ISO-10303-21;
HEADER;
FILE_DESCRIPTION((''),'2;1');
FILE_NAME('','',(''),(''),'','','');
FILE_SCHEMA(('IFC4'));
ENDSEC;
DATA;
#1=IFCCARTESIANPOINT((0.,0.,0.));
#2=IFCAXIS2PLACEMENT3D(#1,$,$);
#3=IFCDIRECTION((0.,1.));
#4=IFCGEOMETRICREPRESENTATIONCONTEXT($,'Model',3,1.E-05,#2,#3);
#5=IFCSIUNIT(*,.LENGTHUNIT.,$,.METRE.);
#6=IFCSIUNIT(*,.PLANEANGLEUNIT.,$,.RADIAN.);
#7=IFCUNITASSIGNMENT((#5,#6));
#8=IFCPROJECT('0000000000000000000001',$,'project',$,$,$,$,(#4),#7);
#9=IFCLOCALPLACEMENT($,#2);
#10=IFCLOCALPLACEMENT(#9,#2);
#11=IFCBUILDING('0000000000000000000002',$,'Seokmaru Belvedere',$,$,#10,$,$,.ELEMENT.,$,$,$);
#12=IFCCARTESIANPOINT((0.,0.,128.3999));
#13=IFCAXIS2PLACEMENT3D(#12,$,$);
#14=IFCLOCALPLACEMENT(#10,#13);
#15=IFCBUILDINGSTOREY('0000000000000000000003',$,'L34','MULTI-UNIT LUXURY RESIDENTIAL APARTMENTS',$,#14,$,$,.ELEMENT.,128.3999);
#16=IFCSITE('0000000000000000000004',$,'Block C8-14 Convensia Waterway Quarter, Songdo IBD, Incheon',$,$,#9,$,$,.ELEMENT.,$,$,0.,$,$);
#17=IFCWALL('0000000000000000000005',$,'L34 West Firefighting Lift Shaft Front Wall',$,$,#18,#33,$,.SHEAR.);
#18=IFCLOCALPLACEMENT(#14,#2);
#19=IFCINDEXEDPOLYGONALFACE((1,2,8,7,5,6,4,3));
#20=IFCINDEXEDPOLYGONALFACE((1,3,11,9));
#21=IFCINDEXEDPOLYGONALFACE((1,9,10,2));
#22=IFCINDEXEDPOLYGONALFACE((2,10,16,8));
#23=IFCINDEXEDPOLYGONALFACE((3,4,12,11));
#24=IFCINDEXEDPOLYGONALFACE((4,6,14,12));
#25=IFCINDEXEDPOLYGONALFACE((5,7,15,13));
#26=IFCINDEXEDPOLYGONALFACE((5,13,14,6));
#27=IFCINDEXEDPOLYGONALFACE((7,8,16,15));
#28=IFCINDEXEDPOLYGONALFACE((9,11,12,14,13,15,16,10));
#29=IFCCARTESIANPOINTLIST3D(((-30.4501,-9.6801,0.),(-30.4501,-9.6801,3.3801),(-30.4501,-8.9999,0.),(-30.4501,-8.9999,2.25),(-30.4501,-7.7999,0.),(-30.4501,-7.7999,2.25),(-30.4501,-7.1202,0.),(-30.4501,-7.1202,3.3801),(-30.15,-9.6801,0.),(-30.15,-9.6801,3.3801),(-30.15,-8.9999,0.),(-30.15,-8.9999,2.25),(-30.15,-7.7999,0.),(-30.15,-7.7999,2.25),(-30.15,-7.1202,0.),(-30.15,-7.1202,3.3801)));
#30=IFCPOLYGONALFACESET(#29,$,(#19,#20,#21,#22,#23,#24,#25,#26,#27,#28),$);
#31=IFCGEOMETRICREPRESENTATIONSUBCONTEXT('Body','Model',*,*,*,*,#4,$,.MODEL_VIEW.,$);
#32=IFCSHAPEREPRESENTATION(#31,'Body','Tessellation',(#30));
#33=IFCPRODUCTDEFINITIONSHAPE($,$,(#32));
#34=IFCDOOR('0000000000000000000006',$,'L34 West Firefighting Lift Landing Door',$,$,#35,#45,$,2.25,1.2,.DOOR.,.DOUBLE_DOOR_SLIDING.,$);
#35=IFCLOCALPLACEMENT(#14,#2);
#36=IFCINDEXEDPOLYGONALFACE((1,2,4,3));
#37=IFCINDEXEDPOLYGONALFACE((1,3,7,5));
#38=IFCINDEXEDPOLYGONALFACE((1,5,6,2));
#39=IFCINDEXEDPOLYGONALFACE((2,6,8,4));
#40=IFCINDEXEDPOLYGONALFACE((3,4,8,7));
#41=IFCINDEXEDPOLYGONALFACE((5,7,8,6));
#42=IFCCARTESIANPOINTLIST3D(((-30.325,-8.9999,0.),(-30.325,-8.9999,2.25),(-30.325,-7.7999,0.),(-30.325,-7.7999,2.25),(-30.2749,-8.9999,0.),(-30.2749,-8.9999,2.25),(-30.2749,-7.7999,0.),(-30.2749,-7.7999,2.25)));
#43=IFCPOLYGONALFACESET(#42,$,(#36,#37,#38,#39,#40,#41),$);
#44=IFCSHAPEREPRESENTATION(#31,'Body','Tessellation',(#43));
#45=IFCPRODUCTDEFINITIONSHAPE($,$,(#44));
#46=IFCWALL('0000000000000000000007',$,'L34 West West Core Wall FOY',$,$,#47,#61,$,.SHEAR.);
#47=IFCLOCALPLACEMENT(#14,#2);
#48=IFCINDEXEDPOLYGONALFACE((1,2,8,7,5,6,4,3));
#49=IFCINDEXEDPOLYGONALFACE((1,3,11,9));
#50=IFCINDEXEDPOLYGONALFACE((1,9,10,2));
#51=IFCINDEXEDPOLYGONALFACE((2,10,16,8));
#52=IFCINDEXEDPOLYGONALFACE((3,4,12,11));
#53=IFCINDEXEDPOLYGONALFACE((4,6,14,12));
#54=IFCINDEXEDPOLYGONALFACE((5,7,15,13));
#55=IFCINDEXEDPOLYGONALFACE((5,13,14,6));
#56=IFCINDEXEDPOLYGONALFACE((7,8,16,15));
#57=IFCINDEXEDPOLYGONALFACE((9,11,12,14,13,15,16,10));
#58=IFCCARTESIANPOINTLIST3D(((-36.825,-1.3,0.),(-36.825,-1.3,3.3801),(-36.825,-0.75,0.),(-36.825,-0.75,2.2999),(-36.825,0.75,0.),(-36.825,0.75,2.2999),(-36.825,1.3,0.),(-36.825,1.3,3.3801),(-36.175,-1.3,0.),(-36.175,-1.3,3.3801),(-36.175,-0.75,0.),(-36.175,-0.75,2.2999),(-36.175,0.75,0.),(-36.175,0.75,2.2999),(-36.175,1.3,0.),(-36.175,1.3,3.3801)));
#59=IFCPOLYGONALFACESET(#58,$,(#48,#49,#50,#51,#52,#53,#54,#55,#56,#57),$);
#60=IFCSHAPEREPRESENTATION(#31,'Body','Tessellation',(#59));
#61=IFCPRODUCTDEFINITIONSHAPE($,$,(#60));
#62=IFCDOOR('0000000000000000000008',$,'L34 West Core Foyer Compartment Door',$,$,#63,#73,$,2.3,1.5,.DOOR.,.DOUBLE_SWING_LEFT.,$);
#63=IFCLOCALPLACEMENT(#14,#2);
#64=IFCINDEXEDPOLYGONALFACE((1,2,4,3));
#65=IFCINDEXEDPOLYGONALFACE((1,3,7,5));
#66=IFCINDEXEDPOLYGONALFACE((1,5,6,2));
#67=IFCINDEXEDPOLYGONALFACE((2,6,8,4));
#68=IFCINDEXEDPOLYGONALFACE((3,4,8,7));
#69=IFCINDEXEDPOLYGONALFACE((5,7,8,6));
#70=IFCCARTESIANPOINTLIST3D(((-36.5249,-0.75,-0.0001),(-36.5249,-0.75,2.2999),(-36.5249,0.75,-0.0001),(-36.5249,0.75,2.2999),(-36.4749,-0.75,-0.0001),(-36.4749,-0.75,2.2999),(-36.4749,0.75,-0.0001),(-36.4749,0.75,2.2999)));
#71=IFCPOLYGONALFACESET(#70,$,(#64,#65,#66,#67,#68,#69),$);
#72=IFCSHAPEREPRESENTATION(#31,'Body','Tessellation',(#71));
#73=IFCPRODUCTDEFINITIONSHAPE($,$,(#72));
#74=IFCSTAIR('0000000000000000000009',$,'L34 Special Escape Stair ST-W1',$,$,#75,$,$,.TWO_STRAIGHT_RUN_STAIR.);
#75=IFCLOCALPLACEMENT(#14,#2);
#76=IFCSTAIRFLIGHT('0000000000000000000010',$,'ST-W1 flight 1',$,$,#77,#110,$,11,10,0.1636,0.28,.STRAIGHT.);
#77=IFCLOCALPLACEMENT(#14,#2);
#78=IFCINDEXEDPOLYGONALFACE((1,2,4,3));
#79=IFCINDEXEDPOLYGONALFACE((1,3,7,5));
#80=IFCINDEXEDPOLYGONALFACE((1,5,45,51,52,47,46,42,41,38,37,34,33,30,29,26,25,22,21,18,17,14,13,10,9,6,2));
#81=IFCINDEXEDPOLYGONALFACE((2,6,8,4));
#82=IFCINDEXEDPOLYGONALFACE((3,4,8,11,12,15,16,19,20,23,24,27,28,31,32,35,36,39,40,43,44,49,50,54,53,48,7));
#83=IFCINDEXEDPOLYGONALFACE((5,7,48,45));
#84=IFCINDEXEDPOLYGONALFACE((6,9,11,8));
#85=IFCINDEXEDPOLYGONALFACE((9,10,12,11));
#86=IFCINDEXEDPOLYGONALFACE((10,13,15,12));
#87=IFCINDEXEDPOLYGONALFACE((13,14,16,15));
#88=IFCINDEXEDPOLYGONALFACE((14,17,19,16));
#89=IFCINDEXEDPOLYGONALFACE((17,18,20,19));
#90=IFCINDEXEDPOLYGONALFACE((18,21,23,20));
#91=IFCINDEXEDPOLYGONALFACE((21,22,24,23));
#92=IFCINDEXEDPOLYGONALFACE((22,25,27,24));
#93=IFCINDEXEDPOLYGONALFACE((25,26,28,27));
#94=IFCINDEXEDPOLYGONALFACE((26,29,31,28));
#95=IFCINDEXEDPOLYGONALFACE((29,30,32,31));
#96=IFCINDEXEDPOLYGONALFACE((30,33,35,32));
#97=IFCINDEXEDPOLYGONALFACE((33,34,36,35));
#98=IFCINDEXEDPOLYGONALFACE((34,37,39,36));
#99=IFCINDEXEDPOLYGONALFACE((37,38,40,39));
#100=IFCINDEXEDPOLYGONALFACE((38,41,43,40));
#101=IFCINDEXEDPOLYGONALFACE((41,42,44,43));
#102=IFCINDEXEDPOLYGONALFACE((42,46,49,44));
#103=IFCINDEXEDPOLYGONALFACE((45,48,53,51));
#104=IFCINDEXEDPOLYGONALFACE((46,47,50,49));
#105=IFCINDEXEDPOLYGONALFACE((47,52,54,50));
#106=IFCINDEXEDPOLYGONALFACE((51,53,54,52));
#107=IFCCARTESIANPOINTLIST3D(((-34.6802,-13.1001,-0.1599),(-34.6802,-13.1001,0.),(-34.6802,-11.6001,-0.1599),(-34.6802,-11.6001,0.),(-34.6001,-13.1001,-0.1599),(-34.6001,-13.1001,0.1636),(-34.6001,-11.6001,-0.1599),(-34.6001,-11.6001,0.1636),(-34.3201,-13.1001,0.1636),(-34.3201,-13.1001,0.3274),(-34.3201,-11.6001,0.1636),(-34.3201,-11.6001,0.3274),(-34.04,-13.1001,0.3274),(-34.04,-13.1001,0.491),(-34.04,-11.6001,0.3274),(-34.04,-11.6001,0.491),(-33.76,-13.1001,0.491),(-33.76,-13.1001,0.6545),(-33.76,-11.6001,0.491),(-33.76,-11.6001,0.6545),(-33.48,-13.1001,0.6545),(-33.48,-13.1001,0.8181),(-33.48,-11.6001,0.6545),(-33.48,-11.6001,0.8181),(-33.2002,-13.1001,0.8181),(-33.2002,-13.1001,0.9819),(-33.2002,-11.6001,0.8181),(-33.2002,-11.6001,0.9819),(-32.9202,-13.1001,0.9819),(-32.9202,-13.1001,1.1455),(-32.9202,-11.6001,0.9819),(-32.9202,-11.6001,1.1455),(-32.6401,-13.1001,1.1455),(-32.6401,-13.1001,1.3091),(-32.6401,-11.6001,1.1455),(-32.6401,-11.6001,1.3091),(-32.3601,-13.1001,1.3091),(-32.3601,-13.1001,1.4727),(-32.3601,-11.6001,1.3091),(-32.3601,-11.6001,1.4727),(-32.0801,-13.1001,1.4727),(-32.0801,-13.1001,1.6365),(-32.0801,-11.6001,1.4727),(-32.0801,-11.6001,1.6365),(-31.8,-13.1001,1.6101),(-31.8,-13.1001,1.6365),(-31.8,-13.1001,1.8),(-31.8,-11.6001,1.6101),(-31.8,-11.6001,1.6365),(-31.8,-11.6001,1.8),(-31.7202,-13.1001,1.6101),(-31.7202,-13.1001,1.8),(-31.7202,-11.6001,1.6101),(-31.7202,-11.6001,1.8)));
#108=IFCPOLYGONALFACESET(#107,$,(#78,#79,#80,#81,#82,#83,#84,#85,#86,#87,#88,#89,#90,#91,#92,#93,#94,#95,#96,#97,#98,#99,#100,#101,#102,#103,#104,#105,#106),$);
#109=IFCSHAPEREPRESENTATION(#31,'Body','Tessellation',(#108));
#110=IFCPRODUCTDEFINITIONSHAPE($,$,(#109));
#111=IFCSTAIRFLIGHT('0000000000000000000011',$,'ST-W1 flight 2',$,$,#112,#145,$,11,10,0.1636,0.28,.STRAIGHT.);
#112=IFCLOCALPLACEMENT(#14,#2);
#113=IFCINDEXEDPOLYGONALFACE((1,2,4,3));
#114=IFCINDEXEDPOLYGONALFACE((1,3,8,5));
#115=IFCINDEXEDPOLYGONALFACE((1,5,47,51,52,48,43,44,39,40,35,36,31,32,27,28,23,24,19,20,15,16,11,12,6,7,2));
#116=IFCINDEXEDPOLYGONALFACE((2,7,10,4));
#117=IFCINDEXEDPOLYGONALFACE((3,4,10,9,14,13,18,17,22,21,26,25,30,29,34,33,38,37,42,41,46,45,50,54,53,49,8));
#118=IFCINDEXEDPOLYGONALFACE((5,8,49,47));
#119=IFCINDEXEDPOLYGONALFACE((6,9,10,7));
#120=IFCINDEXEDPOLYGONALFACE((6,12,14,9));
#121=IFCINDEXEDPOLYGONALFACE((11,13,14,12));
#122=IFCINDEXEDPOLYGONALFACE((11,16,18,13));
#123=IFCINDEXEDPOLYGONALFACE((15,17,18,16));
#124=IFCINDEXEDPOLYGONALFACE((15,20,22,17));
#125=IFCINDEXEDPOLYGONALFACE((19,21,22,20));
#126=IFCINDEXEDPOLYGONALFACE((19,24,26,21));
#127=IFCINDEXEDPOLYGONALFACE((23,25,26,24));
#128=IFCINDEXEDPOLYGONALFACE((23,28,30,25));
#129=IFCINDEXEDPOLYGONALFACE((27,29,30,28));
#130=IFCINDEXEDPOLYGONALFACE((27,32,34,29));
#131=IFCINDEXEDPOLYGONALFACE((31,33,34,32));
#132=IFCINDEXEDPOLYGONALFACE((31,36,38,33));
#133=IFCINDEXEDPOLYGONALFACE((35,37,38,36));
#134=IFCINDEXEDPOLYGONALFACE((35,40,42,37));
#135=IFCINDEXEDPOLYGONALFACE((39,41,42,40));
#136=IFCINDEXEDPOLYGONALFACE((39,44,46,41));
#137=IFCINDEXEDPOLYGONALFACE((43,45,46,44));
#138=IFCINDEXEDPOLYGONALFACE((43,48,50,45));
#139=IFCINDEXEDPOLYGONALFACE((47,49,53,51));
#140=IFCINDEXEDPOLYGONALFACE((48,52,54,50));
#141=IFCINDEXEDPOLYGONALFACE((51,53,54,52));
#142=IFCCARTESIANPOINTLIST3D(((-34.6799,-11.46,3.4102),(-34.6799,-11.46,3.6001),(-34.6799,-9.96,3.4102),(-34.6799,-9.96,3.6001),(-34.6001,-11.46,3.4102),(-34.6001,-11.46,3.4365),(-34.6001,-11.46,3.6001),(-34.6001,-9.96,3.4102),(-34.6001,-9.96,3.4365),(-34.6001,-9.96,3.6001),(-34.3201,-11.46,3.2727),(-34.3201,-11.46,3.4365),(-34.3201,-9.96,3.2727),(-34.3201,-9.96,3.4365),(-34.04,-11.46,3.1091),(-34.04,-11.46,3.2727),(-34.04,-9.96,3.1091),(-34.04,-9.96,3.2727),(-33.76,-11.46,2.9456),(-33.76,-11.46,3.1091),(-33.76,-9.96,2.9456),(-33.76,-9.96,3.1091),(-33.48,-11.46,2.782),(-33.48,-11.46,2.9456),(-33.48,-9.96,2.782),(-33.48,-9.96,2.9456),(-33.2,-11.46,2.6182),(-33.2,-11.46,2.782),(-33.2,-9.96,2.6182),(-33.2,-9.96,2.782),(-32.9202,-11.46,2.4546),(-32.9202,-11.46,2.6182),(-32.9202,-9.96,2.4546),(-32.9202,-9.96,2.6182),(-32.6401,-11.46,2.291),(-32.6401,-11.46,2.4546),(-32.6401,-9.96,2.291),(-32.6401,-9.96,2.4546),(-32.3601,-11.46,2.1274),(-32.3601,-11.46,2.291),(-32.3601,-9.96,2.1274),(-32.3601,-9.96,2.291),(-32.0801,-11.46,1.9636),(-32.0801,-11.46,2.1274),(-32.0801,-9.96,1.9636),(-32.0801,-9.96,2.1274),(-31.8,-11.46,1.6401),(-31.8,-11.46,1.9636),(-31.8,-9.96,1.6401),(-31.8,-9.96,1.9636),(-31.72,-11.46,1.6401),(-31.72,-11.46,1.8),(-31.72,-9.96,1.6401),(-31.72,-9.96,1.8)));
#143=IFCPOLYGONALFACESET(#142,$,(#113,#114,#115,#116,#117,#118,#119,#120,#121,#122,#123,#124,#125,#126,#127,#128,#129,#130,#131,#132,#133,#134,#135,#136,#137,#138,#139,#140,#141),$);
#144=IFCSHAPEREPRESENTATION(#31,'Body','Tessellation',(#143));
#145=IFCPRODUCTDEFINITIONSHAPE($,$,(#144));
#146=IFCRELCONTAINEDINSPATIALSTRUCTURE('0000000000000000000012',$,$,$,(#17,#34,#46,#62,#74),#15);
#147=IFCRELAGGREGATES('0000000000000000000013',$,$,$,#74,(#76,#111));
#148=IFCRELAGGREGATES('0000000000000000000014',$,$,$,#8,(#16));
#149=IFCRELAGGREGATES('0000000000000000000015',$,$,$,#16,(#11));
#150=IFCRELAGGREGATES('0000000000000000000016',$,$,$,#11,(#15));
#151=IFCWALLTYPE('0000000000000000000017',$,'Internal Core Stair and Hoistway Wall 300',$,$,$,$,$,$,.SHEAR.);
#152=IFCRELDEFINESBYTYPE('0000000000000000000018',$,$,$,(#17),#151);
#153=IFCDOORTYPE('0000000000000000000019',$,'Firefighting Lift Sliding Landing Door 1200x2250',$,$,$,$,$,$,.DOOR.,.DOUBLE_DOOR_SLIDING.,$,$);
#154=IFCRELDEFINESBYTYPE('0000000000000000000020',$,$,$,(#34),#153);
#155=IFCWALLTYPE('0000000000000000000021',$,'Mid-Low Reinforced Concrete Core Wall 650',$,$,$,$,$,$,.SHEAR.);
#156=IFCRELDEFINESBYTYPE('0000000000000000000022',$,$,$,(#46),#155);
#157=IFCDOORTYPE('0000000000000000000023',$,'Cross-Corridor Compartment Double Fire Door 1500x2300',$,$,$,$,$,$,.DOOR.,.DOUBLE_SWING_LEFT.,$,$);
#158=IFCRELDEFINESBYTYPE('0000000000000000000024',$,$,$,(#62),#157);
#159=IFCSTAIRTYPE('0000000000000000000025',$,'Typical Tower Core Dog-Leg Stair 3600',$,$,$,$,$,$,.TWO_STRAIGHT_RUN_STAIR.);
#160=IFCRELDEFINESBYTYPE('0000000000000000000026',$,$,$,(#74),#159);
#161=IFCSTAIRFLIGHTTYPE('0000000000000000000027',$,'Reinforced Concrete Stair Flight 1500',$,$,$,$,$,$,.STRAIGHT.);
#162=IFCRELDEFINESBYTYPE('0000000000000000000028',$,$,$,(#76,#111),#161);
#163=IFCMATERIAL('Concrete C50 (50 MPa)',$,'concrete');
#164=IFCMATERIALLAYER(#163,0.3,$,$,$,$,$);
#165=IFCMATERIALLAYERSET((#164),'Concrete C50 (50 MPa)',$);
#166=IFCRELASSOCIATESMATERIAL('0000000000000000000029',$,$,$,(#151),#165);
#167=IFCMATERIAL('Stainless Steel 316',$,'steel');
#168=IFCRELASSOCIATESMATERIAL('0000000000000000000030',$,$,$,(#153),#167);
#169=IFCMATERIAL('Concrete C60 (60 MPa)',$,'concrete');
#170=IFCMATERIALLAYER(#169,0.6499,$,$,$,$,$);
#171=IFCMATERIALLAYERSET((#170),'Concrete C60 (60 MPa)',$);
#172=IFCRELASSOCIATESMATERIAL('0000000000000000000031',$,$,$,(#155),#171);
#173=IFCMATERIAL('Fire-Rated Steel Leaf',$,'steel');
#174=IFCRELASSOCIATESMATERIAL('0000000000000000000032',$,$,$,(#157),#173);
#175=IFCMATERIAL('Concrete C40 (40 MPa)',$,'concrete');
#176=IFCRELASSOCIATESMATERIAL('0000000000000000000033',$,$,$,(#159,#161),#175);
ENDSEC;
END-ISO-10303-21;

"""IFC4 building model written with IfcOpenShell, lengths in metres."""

from ifc_helpers import new_model, si_unit, direction, frame, frame_2d, origin, place, context, subcontext, project, spatial, polyline, rectangle, outline, extrude, source, transform, mapped, material, layer, layer_set, type_object, type_shapes, element, fill, aggregate, save


model = new_model("IFC4")

# Units and contexts
model_context = context("Model", 3, precision=1e-05, world=origin(), true_north=direction((0.0, 1.0)))
body_context = subcontext(model_context, "Body", "Model", "MODEL_VIEW")
ifc_project = project(units=[si_unit("LENGTHUNIT", "METRE"), si_unit("PLANEANGLEUNIT", "RADIAN")], contexts=[model_context])

# Site, building, storey
site_placement = place(None, origin())
site = spatial("IfcSite", under=ifc_project, at=site_placement, Name="Block C8-14 Convensia Waterway Quarter, Songdo IBD, Incheon", CompositionType="ELEMENT", RefElevation=0.0)
building_placement = place(site_placement, origin())
building = spatial("IfcBuilding", under=site, at=building_placement, Name="Seokmaru Belvedere", CompositionType="ELEMENT")
storey_placement = place(building_placement, frame((0.0, 0.0, 128.3999)))
storey = spatial("IfcBuildingStorey", under=building, at=storey_placement, Name="L34", Description="MULTI-UNIT LUXURY RESIDENTIAL APARTMENTS", CompositionType="ELEMENT", Elevation=128.3999)

# Shared definitions
ifc_material_1 = material(Name="Fire-Rated Steel Leaf", Category="steel")

# Shared definitions
ifc_material_2 = material(Name="Concrete C50 (50 MPa)", Category="concrete")

# Walls, openings, doors
ifc_layer_1 = layer(ifc_material_2, 0.3)
ifc_layer_set_1 = layer_set([ifc_layer_1], Name="Concrete C50 (50 MPa)")
wall_type_1 = type_object("IfcWallType", Name="Internal Core Stair and Hoistway Wall 300", PredefinedType="SHEAR", material=ifc_layer_set_1)
wall_1_placement = place(storey_placement, frame((-30.3, -9.6799, 0.0), z_axis=(0.0, 0.0, 1.0), x_axis=(0.0, 1.0, 0.0)))
wall_1 = element("IfcWall", 1, at=wall_1_placement, inside=storey, type_object=wall_type_1, Name="L34 West Firefighting Lift Shaft Front Wall", PredefinedType="SHEAR", context=body_context, shape_type="SweptSolid", body=[
    extrude(rectangle(XDim=2.5598, YDim=0.3, at=frame_2d((1.2798, 0.0))), origin(), (0.0, 0.0, 1.0), 3.3801),
])
opening_1_placement = place(wall_1_placement, frame((0.6799, 0.0, 0.0)))
opening_1 = element("IfcOpeningElement", 2, at=opening_1_placement, cuts=wall_1, PredefinedType="OPENING", context=body_context, shape_type="SweptSolid", body=[
    extrude(rectangle(XDim=1.2, YDim=2.25, at=frame_2d((0.6001, 1.125))), frame((0.0, 0.1602, 0.0), z_axis=(0.0, -1.0, 0.0), x_axis=(1.0, 0.0, 0.0)), (0.0, 0.0, 1.0), 0.3201),
])
ifc_material_3 = material(Name="Stainless Steel 316", Category="steel")
door_type_1 = type_object("IfcDoorType", Name="Firefighting Lift Sliding Landing Door 1200x2250", OperationType="DOUBLE_DOOR_SLIDING", PredefinedType="DOOR", material=ifc_material_3)
shared_shape_1 = source(origin(), body_context, "Body", "SweptSolid", [
    extrude(rectangle(XDim=1.2, YDim=2.25, at=frame_2d((0.6001, 1.125))), frame((0.0, 0.0249, 0.0), z_axis=(0.0, -1.0, 0.0), x_axis=(1.0, 0.0, 0.0)), (0.0, 0.0, 1.0), 0.05),
])
type_shapes(door_type_1, [shared_shape_1])
door_1_placement = place(opening_1_placement, origin())
door_1 = element("IfcDoor", 3, at=door_1_placement, inside=storey, type_object=door_type_1, Name="L34 West Firefighting Lift Landing Door", OperationType="DOUBLE_DOOR_SLIDING", OverallHeight=2.25, OverallWidth=1.2, PredefinedType="DOOR", context=body_context, shape_type="MappedRepresentation", body=[
    mapped(shared_shape_1, transform((0.0, 0.0, 0.0), scale=1.0)),
])
fill(opening_1, door_1)
ifc_material_4 = material(Name="Concrete C60 (60 MPa)", Category="concrete")
ifc_layer_2 = layer(ifc_material_4, 0.6499)
ifc_layer_set_2 = layer_set([ifc_layer_2], Name="Concrete C60 (60 MPa)")
wall_type_2 = type_object("IfcWallType", Name="Mid-Low Reinforced Concrete Core Wall 650", PredefinedType="SHEAR", material=ifc_layer_set_2)
wall_2_placement = place(storey_placement, frame((-36.5, -1.3, 0.0), z_axis=(0.0, 0.0, 1.0), x_axis=(0.0, 1.0, 0.0)))
wall_2 = element("IfcWall", 4, at=wall_2_placement, inside=storey, type_object=wall_type_2, Name="L34 West West Core Wall FOY", PredefinedType="SHEAR", context=body_context, shape_type="SweptSolid", body=[
    extrude(rectangle(XDim=2.6001, YDim=0.6499, at=frame_2d((1.3, 0.0))), origin(), (0.0, 0.0, 1.0), 3.3801),
])
opening_2_placement = place(wall_2_placement, frame((0.55, 0.0, 0.0)))
opening_2 = element("IfcOpeningElement", 5, at=opening_2_placement, cuts=wall_2, PredefinedType="OPENING", context=body_context, shape_type="SweptSolid", body=[
    extrude(rectangle(XDim=1.5, YDim=2.3, at=frame_2d((0.75, 1.1499))), frame((0.0, 0.335, 0.0), z_axis=(0.0, -1.0, 0.0), x_axis=(1.0, 0.0, 0.0)), (0.0, 0.0, 1.0), 0.6699),
])
door_type_2 = type_object("IfcDoorType", Name="Cross-Corridor Compartment Double Fire Door 1500x2300", OperationType="DOUBLE_SWING_LEFT", PredefinedType="DOOR", material=ifc_material_1)
shared_shape_2 = source(origin(), body_context, "Body", "SweptSolid", [
    extrude(rectangle(XDim=1.5, YDim=2.3, at=frame_2d((0.75, 1.1499))), frame((0.0, 0.0249, 0.0), z_axis=(0.0, -1.0, 0.0), x_axis=(1.0, 0.0, 0.0)), (0.0, 0.0, 1.0), 0.05),
])
type_shapes(door_type_2, [shared_shape_2])
door_2_placement = place(opening_2_placement, origin())
door_2 = element("IfcDoor", 6, at=door_2_placement, inside=storey, type_object=door_type_2, Name="L34 West Core Foyer Compartment Door", OperationType="DOUBLE_SWING_LEFT", OverallHeight=2.3, OverallWidth=1.5, PredefinedType="DOOR", context=body_context, shape_type="MappedRepresentation", body=[
    mapped(shared_shape_2, transform((0.0, 0.0, 0.0), scale=1.0)),
])
fill(opening_2, door_2)

# Stair, stair flights
ifc_material_5 = material(Name="Concrete C40 (40 MPa)", Category="concrete")
stair_type = type_object("IfcStairType", Name="Typical Tower Core Dog-Leg Stair 3600", PredefinedType="TWO_STRAIGHT_RUN_STAIR", material=ifc_material_5)
stair_placement = place(storey_placement, origin())
stair = element("IfcStair", 7, at=stair_placement, inside=storey, type_object=stair_type, Name="L34 Special Escape Stair ST-W1", PredefinedType="TWO_STRAIGHT_RUN_STAIR")
stair_flight_type = type_object("IfcStairFlightType", Name="Reinforced Concrete Stair Flight 1500", PredefinedType="STRAIGHT", material=ifc_material_5)
stair_flight_1_placement = place(storey_placement, frame((-34.6001, -12.3501, 0.0), z_axis=(0.0, 0.0, 1.0), x_axis=(1.0, 0.0, 0.0)))
stair_flight_1 = element("IfcStairFlight", 8, at=stair_flight_1_placement, type_object=stair_flight_type, Name="ST-W1 flight 1", NumberOfRisers=11, NumberOfTreads=10, PredefinedType="STRAIGHT", RiserHeight=0.1636, TreadLength=0.28, context=body_context, shape_type="SweptSolid", body=[
    extrude(outline(polyline([(-0.0801, 0.0), (0.0, 0.1636), (0.28, 0.1636), (0.28, 0.3274), (0.5601, 0.3274), (0.5601, 0.491), (0.8401, 0.491), (0.8401, 0.6545), (1.1201, 0.6545), (1.1201, 0.8181), (1.3999, 0.8181), (1.3999, 0.9819), (1.6799, 0.9819), (1.6799, 1.1455), (1.96, 1.1455), (1.96, 1.3091), (2.24, 1.3091), (2.24, 1.4727), (2.52, 1.4727), (2.52, 1.6365), (2.8, 1.6365), (2.8, 1.8), (2.8799, 1.8), (2.8799, 1.6101), (2.8, 1.6101), (0.0, -0.1599), (-0.0801, -0.1599), (-0.0801, 0.0)])), frame((0.0, 0.75, 0.0), z_axis=(0.0, -1.0, 0.0), x_axis=(1.0, 0.0, 0.0)), (0.0, 0.0, 1.0), 1.5),
])
stair_flight_2_placement = place(storey_placement, frame((-31.8, -10.71, 1.8), z_axis=(0.0, 0.0, 1.0), x_axis=(-1.0, 0.0, 0.0)))
stair_flight_2 = element("IfcStairFlight", 9, at=stair_flight_2_placement, type_object=stair_flight_type, Name="ST-W1 flight 2", NumberOfRisers=11, NumberOfTreads=10, PredefinedType="STRAIGHT", RiserHeight=0.1636, TreadLength=0.28, context=body_context, shape_type="SweptSolid", body=[
    extrude(outline(polyline([(-0.0801, 0.0), (0.0, 0.1636), (0.28, 0.1636), (0.28, 0.3274), (0.5601, 0.3274), (0.5601, 0.491), (0.8401, 0.491), (0.8401, 0.6545), (1.1201, 0.6545), (1.1201, 0.8181), (1.3999, 0.8181), (1.3999, 0.9819), (1.6799, 0.9819), (1.6799, 1.1455), (1.96, 1.1455), (1.96, 1.3091), (2.24, 1.3091), (2.24, 1.4727), (2.52, 1.4727), (2.52, 1.6365), (2.8, 1.6365), (2.8, 1.8), (2.8799, 1.8), (2.8799, 1.6101), (2.8, 1.6101), (0.0, -0.1599), (-0.0801, -0.1599), (-0.0801, 0.0)])), frame((0.0, 0.75, 0.0), z_axis=(0.0, -1.0, 0.0), x_axis=(1.0, 0.0, 0.0)), (0.0, 0.0, 1.0), 1.5),
])
aggregate(stair, [stair_flight_1, stair_flight_2])

save(model, "model.ifc")
